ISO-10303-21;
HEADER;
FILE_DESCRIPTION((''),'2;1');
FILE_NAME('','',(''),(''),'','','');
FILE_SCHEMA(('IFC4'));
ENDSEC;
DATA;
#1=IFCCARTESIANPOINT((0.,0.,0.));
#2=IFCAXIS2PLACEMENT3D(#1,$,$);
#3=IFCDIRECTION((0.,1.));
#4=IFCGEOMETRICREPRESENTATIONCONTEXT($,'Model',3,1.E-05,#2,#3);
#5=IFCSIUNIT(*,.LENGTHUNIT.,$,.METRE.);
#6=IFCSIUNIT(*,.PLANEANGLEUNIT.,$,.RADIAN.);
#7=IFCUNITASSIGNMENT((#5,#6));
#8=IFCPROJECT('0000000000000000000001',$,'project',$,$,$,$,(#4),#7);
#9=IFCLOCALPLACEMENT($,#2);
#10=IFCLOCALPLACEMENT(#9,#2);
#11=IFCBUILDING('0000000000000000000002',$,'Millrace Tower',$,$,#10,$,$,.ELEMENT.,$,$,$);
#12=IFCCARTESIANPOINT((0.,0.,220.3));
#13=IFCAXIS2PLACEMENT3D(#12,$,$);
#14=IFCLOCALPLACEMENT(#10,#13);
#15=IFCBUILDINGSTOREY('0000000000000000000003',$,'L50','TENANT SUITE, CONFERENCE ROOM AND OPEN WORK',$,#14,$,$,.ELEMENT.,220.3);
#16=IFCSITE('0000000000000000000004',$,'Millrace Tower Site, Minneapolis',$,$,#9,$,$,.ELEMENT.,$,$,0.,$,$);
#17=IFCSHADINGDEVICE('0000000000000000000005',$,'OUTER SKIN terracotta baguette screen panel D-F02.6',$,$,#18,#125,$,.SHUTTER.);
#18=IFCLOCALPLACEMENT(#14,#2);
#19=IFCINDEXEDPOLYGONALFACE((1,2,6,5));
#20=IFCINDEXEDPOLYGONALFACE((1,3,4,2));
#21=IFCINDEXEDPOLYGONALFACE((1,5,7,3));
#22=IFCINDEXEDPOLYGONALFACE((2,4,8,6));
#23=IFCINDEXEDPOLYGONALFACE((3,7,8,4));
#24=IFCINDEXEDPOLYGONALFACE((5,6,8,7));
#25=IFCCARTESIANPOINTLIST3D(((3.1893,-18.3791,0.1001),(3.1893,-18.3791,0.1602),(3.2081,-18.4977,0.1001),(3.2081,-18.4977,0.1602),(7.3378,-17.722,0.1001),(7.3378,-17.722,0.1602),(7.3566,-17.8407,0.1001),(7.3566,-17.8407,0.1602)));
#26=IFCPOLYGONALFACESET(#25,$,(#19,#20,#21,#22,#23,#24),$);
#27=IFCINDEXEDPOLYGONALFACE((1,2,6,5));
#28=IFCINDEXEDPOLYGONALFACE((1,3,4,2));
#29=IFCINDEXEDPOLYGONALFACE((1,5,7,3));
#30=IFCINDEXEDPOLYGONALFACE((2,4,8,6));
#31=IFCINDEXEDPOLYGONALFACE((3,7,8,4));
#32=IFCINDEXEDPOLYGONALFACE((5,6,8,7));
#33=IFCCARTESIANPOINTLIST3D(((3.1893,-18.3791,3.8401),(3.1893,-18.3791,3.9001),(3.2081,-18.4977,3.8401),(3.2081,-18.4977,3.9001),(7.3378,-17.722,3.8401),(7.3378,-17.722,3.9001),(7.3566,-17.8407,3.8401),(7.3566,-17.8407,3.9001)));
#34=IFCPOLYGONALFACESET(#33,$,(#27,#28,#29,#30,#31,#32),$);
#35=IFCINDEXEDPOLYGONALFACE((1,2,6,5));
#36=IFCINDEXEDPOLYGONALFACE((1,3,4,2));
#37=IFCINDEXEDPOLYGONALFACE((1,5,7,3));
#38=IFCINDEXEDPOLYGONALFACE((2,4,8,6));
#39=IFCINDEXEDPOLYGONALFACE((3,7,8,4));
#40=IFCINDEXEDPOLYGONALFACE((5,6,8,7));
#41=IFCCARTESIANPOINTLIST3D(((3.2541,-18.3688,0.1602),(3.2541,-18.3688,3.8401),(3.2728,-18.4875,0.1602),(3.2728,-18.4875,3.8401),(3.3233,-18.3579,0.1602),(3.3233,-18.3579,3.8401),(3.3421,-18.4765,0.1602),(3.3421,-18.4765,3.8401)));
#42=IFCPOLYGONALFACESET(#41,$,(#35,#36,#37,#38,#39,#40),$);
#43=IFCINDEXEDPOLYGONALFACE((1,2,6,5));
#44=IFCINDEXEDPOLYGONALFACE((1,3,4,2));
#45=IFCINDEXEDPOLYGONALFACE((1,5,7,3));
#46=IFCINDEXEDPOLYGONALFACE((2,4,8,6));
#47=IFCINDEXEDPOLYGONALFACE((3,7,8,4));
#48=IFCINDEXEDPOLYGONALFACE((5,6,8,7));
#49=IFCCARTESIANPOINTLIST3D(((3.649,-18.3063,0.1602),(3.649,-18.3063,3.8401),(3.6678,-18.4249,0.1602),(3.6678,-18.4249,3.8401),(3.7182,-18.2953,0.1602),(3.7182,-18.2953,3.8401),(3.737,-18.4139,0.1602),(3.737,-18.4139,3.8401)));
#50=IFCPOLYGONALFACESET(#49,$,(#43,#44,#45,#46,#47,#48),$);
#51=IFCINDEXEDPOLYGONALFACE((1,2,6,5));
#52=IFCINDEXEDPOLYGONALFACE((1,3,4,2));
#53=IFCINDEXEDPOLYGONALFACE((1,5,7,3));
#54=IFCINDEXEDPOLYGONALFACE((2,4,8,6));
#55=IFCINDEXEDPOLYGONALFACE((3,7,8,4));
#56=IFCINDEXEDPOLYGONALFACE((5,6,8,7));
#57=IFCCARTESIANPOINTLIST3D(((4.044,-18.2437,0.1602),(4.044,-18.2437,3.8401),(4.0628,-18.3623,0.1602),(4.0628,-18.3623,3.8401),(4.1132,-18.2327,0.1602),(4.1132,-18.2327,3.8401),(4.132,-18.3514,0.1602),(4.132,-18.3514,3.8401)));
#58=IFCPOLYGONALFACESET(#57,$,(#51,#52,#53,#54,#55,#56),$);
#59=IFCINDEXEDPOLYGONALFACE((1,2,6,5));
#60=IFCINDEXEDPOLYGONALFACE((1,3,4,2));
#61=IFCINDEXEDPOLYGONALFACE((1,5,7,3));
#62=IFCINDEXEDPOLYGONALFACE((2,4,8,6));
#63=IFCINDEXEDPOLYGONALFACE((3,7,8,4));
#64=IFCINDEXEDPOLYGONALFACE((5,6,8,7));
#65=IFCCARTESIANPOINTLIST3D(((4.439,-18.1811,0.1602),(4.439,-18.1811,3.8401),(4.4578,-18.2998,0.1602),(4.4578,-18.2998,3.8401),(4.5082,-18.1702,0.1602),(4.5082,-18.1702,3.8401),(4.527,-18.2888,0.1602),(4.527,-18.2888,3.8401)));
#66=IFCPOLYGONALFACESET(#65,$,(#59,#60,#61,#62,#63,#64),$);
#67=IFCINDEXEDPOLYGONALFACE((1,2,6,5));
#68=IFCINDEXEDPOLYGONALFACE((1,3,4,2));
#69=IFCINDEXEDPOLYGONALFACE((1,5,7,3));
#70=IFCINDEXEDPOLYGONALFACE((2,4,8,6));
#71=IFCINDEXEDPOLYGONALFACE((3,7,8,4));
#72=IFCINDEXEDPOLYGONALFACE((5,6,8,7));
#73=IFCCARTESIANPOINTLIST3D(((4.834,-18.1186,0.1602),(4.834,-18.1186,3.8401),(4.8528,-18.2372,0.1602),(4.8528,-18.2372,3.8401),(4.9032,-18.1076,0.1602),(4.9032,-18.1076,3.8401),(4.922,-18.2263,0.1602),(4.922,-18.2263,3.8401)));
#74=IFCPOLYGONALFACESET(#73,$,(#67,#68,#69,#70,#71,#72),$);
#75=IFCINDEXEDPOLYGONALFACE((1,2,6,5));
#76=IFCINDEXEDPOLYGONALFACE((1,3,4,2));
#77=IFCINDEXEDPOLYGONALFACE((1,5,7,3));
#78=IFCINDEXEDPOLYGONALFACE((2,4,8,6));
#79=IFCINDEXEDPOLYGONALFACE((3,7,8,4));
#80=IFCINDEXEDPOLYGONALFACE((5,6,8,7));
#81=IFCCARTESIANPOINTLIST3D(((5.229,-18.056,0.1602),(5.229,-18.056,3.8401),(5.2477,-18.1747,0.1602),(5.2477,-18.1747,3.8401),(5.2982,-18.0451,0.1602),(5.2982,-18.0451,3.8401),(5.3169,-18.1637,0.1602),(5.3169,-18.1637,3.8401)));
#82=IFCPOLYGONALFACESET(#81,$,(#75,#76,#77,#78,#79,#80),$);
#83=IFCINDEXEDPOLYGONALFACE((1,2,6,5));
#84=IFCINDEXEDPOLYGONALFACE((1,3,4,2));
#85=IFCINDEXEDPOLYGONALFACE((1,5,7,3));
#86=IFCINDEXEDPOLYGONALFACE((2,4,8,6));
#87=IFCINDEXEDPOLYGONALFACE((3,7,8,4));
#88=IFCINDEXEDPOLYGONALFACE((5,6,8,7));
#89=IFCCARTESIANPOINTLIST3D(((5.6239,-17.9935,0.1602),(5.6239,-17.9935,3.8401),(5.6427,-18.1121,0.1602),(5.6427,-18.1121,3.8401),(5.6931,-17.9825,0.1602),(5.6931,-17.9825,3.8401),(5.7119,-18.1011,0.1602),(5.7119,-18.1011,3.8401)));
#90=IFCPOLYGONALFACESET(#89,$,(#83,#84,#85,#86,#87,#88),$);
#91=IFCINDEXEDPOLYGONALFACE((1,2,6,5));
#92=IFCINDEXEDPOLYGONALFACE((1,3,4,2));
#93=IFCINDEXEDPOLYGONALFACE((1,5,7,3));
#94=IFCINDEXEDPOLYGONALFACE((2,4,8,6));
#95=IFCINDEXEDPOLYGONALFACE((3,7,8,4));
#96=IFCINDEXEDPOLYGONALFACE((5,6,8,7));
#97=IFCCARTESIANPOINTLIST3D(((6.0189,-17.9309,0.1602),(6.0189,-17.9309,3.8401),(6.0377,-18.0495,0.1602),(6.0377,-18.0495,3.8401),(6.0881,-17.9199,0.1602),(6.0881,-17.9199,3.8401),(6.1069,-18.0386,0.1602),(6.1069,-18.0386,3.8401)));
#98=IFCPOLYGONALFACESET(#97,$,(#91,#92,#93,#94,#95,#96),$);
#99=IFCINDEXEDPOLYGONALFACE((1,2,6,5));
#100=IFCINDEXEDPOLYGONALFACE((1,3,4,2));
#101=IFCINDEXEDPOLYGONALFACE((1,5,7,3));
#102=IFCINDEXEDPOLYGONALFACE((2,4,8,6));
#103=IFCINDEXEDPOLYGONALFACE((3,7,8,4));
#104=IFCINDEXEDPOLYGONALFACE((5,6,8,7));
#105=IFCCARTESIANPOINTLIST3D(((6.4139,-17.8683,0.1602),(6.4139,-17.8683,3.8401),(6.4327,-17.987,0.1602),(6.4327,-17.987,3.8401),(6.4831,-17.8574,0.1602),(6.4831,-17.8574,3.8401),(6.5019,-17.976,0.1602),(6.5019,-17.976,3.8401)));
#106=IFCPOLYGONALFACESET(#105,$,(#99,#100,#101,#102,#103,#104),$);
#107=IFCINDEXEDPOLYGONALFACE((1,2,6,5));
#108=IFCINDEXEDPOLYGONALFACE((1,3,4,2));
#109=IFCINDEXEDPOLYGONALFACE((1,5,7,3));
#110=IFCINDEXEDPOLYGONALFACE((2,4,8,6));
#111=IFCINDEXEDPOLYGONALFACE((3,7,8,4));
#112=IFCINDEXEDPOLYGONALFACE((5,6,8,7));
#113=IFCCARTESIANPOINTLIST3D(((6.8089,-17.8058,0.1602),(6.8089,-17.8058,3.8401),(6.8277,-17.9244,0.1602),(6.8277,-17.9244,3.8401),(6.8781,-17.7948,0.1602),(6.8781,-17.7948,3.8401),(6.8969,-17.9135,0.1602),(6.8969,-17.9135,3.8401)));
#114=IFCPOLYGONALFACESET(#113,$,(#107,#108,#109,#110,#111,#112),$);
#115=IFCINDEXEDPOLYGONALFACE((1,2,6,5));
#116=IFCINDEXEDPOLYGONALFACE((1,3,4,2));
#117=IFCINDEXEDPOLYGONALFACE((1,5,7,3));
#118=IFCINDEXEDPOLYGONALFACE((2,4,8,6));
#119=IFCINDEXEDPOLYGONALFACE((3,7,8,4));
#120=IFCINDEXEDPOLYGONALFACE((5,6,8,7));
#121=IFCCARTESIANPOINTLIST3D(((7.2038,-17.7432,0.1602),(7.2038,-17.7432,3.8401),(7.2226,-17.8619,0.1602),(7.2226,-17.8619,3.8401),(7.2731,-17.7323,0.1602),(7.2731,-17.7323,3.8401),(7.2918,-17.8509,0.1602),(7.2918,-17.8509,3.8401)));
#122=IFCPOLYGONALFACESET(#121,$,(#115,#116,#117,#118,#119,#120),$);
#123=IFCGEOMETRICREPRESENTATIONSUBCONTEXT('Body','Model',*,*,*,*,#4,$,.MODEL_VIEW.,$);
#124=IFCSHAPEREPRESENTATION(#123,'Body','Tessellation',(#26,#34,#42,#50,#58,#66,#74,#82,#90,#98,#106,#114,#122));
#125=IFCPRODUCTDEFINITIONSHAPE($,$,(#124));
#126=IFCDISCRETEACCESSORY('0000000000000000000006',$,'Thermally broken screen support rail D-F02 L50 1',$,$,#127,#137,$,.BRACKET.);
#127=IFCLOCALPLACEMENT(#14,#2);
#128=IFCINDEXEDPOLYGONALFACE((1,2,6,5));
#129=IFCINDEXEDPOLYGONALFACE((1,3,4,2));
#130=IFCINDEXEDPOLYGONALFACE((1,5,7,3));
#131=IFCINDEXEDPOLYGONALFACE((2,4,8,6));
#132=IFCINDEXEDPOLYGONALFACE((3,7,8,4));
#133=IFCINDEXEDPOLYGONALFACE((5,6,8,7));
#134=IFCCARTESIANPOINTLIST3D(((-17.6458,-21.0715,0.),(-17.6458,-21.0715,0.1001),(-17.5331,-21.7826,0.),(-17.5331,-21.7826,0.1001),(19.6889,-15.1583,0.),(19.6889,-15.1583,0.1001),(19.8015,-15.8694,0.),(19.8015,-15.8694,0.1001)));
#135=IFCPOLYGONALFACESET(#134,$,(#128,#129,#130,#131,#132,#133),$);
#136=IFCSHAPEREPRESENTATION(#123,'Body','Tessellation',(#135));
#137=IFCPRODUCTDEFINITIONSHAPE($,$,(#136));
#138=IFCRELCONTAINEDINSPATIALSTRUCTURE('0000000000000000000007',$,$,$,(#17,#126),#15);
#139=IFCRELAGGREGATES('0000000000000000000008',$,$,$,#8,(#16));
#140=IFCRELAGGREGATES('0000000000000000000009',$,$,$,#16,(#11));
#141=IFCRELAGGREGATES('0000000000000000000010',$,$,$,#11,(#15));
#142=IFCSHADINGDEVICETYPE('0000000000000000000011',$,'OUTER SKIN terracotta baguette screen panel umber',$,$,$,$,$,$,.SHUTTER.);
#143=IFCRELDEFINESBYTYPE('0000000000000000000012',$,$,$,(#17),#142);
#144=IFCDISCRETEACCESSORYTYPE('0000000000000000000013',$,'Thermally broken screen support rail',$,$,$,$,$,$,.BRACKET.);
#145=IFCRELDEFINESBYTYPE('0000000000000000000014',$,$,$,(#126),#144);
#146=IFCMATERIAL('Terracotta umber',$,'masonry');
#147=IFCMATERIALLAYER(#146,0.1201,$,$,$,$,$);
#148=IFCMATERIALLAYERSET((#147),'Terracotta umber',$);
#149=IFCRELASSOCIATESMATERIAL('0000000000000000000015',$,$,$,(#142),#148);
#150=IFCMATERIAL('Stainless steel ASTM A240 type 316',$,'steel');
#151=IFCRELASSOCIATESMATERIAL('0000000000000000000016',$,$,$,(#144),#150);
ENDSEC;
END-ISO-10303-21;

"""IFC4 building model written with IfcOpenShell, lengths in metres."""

from ifc_helpers import new_model, entity, si_unit, direction, frame, frame_2d, origin, origin_2d, place, context, subcontext, project, spatial, rectangle, extrude, source, transform, mapped, material, layer, layer_set, type_object, element, save


model = new_model("IFC4")

# Units and contexts
model_context = context("Model", 3, precision=1e-05, world=origin(), true_north=direction((0.0, 1.0)))
body_context = subcontext(model_context, "Body", "Model", "MODEL_VIEW")
ifc_project = project(units=[si_unit("LENGTHUNIT", "METRE"), si_unit("PLANEANGLEUNIT", "RADIAN")], contexts=[model_context])

# Site, building, storey
site_placement = place(None, origin())
site = spatial("IfcSite", under=ifc_project, at=site_placement, Name="Millrace Tower Site, Minneapolis", CompositionType="ELEMENT", RefElevation=0.0)
building_placement = place(site_placement, origin())
building = spatial("IfcBuilding", under=site, at=building_placement, Name="Millrace Tower", CompositionType="ELEMENT")
storey_placement = place(building_placement, frame((0.0, 0.0, 220.3)))
storey = spatial("IfcBuildingStorey", under=building, at=storey_placement, Name="L50", Description="TENANT SUITE, CONFERENCE ROOM AND OPEN WORK", CompositionType="ELEMENT", Elevation=220.3)

# Shading device
ifc_material_1 = material(Name="Terracotta umber", Category="masonry")
ifc_layer_1 = layer(ifc_material_1, 0.1201)
ifc_layer_set_1 = layer_set([ifc_layer_1], Name="Terracotta umber")
shading_device_type = type_object("IfcShadingDeviceType", Name="OUTER SKIN terracotta baguette screen panel umber", PredefinedType="SHUTTER", material=ifc_layer_set_1)
cartesian_point = entity("IfcCartesianPoint", [-2.1001, 0.0601])
shared_polyline = entity("IfcPolyline", [cartesian_point, entity("IfcCartesianPoint", [2.1001, 0.0601]), entity("IfcCartesianPoint", [2.1001, -0.0601]), entity("IfcCartesianPoint", [-2.1001, -0.0601]), cartesian_point])
shared_shape = source(origin(), body_context, "Body", "SweptSolid", [
    entity("IfcExtrudedAreaSolid", entity("IfcArbitraryClosedProfileDef", "AREA", None, shared_polyline), entity("IfcAxis2Placement3D", entity("IfcCartesianPoint", [0.0, 0.0, 0.0])), entity("IfcDirection", [0.0, 0.0, 1.0]), 0.0601),
    entity("IfcExtrudedAreaSolid", entity("IfcArbitraryClosedProfileDef", "AREA", None, shared_polyline), entity("IfcAxis2Placement3D", entity("IfcCartesianPoint", [0.0, 0.0, 3.74])), entity("IfcDirection", [0.0, 0.0, 1.0]), 0.0601),
    extrude(rectangle(XDim=0.0701, YDim=0.1201, at=frame_2d((-1.9995, 0.0))), frame((0.0, 0.0, 0.0601)), (0.0, 0.0, 1.0), 3.6799),
    extrude(rectangle(XDim=0.0701, YDim=0.1201, at=frame_2d((-1.5996, 0.0))), frame((0.0, 0.0, 0.0601)), (0.0, 0.0, 1.0), 3.6799),
    extrude(rectangle(XDim=0.0701, YDim=0.1201, at=frame_2d((-1.1997, 0.0))), frame((0.0, 0.0, 0.0601)), (0.0, 0.0, 1.0), 3.6799),
    extrude(rectangle(XDim=0.0701, YDim=0.1201, at=frame_2d((-0.7998, 0.0))), frame((0.0, 0.0, 0.0601)), (0.0, 0.0, 1.0), 3.6799),
    extrude(rectangle(XDim=0.0701, YDim=0.1201, at=frame_2d((-0.3999, 0.0))), frame((0.0, 0.0, 0.0601)), (0.0, 0.0, 1.0), 3.6799),
    extrude(rectangle(XDim=0.0701, YDim=0.1201, at=origin_2d()), frame((0.0, 0.0, 0.0601)), (0.0, 0.0, 1.0), 3.6799),
    extrude(rectangle(XDim=0.0701, YDim=0.1201, at=frame_2d((0.3999, 0.0))), frame((0.0, 0.0, 0.0601)), (0.0, 0.0, 1.0), 3.6799),
    extrude(rectangle(XDim=0.0701, YDim=0.1201, at=frame_2d((0.7998, 0.0))), frame((0.0, 0.0, 0.0601)), (0.0, 0.0, 1.0), 3.6799),
    extrude(rectangle(XDim=0.0701, YDim=0.1201, at=frame_2d((1.1997, 0.0))), frame((0.0, 0.0, 0.0601)), (0.0, 0.0, 1.0), 3.6799),
    extrude(rectangle(XDim=0.0701, YDim=0.1201, at=frame_2d((1.5996, 0.0))), frame((0.0, 0.0, 0.0601)), (0.0, 0.0, 1.0), 3.6799),
    extrude(rectangle(XDim=0.0701, YDim=0.1201, at=frame_2d((1.9995, 0.0))), frame((0.0, 0.0, 0.0601)), (0.0, 0.0, 1.0), 3.6799),
])
for number, where, z_axis, x_axis, name in (
    (1, (5.2729, -18.1099, 0.1001), (0.0, 0.0, 1.0), (0.987688, 0.156434, 0.0), "OUTER SKIN terracotta baguette screen panel D-F02.6"),
):
    element("IfcShadingDevice", number, at=place(storey_placement, frame(where, z_axis=z_axis, x_axis=x_axis)), inside=storey, type_object=shading_device_type, Name=name, PredefinedType="SHUTTER", context=body_context, shape_type="MappedRepresentation", body=[
        mapped(shared_shape, transform((0.0, 0.0, 0.0), scale=1.0)),
    ])

# Discrete accessory
ifc_material_2 = material(Name="Stainless steel ASTM A240 type 316", Category="steel")
discrete_accessory_type = type_object("IfcDiscreteAccessoryType", Name="Thermally broken screen support rail", PredefinedType="BRACKET", material=ifc_material_2)
discrete_accessory_placement = place(storey_placement, frame((1.0779, -18.4705, 0.0), z_axis=(0.0, 0.0, 1.0), x_axis=(0.987688, 0.156434, 0.0)))
element("IfcDiscreteAccessory", 2, at=discrete_accessory_placement, inside=storey, type_object=discrete_accessory_type, Name="Thermally broken screen support rail D-F02 L50 1", PredefinedType="BRACKET", context=body_context, shape_type="SweptSolid", body=[
    extrude(rectangle(XDim=37.8, YDim=0.72, at=origin_2d()), origin(), (0.0, 0.0, 1.0), 0.1001),
])

save(model, "model.ifc")
